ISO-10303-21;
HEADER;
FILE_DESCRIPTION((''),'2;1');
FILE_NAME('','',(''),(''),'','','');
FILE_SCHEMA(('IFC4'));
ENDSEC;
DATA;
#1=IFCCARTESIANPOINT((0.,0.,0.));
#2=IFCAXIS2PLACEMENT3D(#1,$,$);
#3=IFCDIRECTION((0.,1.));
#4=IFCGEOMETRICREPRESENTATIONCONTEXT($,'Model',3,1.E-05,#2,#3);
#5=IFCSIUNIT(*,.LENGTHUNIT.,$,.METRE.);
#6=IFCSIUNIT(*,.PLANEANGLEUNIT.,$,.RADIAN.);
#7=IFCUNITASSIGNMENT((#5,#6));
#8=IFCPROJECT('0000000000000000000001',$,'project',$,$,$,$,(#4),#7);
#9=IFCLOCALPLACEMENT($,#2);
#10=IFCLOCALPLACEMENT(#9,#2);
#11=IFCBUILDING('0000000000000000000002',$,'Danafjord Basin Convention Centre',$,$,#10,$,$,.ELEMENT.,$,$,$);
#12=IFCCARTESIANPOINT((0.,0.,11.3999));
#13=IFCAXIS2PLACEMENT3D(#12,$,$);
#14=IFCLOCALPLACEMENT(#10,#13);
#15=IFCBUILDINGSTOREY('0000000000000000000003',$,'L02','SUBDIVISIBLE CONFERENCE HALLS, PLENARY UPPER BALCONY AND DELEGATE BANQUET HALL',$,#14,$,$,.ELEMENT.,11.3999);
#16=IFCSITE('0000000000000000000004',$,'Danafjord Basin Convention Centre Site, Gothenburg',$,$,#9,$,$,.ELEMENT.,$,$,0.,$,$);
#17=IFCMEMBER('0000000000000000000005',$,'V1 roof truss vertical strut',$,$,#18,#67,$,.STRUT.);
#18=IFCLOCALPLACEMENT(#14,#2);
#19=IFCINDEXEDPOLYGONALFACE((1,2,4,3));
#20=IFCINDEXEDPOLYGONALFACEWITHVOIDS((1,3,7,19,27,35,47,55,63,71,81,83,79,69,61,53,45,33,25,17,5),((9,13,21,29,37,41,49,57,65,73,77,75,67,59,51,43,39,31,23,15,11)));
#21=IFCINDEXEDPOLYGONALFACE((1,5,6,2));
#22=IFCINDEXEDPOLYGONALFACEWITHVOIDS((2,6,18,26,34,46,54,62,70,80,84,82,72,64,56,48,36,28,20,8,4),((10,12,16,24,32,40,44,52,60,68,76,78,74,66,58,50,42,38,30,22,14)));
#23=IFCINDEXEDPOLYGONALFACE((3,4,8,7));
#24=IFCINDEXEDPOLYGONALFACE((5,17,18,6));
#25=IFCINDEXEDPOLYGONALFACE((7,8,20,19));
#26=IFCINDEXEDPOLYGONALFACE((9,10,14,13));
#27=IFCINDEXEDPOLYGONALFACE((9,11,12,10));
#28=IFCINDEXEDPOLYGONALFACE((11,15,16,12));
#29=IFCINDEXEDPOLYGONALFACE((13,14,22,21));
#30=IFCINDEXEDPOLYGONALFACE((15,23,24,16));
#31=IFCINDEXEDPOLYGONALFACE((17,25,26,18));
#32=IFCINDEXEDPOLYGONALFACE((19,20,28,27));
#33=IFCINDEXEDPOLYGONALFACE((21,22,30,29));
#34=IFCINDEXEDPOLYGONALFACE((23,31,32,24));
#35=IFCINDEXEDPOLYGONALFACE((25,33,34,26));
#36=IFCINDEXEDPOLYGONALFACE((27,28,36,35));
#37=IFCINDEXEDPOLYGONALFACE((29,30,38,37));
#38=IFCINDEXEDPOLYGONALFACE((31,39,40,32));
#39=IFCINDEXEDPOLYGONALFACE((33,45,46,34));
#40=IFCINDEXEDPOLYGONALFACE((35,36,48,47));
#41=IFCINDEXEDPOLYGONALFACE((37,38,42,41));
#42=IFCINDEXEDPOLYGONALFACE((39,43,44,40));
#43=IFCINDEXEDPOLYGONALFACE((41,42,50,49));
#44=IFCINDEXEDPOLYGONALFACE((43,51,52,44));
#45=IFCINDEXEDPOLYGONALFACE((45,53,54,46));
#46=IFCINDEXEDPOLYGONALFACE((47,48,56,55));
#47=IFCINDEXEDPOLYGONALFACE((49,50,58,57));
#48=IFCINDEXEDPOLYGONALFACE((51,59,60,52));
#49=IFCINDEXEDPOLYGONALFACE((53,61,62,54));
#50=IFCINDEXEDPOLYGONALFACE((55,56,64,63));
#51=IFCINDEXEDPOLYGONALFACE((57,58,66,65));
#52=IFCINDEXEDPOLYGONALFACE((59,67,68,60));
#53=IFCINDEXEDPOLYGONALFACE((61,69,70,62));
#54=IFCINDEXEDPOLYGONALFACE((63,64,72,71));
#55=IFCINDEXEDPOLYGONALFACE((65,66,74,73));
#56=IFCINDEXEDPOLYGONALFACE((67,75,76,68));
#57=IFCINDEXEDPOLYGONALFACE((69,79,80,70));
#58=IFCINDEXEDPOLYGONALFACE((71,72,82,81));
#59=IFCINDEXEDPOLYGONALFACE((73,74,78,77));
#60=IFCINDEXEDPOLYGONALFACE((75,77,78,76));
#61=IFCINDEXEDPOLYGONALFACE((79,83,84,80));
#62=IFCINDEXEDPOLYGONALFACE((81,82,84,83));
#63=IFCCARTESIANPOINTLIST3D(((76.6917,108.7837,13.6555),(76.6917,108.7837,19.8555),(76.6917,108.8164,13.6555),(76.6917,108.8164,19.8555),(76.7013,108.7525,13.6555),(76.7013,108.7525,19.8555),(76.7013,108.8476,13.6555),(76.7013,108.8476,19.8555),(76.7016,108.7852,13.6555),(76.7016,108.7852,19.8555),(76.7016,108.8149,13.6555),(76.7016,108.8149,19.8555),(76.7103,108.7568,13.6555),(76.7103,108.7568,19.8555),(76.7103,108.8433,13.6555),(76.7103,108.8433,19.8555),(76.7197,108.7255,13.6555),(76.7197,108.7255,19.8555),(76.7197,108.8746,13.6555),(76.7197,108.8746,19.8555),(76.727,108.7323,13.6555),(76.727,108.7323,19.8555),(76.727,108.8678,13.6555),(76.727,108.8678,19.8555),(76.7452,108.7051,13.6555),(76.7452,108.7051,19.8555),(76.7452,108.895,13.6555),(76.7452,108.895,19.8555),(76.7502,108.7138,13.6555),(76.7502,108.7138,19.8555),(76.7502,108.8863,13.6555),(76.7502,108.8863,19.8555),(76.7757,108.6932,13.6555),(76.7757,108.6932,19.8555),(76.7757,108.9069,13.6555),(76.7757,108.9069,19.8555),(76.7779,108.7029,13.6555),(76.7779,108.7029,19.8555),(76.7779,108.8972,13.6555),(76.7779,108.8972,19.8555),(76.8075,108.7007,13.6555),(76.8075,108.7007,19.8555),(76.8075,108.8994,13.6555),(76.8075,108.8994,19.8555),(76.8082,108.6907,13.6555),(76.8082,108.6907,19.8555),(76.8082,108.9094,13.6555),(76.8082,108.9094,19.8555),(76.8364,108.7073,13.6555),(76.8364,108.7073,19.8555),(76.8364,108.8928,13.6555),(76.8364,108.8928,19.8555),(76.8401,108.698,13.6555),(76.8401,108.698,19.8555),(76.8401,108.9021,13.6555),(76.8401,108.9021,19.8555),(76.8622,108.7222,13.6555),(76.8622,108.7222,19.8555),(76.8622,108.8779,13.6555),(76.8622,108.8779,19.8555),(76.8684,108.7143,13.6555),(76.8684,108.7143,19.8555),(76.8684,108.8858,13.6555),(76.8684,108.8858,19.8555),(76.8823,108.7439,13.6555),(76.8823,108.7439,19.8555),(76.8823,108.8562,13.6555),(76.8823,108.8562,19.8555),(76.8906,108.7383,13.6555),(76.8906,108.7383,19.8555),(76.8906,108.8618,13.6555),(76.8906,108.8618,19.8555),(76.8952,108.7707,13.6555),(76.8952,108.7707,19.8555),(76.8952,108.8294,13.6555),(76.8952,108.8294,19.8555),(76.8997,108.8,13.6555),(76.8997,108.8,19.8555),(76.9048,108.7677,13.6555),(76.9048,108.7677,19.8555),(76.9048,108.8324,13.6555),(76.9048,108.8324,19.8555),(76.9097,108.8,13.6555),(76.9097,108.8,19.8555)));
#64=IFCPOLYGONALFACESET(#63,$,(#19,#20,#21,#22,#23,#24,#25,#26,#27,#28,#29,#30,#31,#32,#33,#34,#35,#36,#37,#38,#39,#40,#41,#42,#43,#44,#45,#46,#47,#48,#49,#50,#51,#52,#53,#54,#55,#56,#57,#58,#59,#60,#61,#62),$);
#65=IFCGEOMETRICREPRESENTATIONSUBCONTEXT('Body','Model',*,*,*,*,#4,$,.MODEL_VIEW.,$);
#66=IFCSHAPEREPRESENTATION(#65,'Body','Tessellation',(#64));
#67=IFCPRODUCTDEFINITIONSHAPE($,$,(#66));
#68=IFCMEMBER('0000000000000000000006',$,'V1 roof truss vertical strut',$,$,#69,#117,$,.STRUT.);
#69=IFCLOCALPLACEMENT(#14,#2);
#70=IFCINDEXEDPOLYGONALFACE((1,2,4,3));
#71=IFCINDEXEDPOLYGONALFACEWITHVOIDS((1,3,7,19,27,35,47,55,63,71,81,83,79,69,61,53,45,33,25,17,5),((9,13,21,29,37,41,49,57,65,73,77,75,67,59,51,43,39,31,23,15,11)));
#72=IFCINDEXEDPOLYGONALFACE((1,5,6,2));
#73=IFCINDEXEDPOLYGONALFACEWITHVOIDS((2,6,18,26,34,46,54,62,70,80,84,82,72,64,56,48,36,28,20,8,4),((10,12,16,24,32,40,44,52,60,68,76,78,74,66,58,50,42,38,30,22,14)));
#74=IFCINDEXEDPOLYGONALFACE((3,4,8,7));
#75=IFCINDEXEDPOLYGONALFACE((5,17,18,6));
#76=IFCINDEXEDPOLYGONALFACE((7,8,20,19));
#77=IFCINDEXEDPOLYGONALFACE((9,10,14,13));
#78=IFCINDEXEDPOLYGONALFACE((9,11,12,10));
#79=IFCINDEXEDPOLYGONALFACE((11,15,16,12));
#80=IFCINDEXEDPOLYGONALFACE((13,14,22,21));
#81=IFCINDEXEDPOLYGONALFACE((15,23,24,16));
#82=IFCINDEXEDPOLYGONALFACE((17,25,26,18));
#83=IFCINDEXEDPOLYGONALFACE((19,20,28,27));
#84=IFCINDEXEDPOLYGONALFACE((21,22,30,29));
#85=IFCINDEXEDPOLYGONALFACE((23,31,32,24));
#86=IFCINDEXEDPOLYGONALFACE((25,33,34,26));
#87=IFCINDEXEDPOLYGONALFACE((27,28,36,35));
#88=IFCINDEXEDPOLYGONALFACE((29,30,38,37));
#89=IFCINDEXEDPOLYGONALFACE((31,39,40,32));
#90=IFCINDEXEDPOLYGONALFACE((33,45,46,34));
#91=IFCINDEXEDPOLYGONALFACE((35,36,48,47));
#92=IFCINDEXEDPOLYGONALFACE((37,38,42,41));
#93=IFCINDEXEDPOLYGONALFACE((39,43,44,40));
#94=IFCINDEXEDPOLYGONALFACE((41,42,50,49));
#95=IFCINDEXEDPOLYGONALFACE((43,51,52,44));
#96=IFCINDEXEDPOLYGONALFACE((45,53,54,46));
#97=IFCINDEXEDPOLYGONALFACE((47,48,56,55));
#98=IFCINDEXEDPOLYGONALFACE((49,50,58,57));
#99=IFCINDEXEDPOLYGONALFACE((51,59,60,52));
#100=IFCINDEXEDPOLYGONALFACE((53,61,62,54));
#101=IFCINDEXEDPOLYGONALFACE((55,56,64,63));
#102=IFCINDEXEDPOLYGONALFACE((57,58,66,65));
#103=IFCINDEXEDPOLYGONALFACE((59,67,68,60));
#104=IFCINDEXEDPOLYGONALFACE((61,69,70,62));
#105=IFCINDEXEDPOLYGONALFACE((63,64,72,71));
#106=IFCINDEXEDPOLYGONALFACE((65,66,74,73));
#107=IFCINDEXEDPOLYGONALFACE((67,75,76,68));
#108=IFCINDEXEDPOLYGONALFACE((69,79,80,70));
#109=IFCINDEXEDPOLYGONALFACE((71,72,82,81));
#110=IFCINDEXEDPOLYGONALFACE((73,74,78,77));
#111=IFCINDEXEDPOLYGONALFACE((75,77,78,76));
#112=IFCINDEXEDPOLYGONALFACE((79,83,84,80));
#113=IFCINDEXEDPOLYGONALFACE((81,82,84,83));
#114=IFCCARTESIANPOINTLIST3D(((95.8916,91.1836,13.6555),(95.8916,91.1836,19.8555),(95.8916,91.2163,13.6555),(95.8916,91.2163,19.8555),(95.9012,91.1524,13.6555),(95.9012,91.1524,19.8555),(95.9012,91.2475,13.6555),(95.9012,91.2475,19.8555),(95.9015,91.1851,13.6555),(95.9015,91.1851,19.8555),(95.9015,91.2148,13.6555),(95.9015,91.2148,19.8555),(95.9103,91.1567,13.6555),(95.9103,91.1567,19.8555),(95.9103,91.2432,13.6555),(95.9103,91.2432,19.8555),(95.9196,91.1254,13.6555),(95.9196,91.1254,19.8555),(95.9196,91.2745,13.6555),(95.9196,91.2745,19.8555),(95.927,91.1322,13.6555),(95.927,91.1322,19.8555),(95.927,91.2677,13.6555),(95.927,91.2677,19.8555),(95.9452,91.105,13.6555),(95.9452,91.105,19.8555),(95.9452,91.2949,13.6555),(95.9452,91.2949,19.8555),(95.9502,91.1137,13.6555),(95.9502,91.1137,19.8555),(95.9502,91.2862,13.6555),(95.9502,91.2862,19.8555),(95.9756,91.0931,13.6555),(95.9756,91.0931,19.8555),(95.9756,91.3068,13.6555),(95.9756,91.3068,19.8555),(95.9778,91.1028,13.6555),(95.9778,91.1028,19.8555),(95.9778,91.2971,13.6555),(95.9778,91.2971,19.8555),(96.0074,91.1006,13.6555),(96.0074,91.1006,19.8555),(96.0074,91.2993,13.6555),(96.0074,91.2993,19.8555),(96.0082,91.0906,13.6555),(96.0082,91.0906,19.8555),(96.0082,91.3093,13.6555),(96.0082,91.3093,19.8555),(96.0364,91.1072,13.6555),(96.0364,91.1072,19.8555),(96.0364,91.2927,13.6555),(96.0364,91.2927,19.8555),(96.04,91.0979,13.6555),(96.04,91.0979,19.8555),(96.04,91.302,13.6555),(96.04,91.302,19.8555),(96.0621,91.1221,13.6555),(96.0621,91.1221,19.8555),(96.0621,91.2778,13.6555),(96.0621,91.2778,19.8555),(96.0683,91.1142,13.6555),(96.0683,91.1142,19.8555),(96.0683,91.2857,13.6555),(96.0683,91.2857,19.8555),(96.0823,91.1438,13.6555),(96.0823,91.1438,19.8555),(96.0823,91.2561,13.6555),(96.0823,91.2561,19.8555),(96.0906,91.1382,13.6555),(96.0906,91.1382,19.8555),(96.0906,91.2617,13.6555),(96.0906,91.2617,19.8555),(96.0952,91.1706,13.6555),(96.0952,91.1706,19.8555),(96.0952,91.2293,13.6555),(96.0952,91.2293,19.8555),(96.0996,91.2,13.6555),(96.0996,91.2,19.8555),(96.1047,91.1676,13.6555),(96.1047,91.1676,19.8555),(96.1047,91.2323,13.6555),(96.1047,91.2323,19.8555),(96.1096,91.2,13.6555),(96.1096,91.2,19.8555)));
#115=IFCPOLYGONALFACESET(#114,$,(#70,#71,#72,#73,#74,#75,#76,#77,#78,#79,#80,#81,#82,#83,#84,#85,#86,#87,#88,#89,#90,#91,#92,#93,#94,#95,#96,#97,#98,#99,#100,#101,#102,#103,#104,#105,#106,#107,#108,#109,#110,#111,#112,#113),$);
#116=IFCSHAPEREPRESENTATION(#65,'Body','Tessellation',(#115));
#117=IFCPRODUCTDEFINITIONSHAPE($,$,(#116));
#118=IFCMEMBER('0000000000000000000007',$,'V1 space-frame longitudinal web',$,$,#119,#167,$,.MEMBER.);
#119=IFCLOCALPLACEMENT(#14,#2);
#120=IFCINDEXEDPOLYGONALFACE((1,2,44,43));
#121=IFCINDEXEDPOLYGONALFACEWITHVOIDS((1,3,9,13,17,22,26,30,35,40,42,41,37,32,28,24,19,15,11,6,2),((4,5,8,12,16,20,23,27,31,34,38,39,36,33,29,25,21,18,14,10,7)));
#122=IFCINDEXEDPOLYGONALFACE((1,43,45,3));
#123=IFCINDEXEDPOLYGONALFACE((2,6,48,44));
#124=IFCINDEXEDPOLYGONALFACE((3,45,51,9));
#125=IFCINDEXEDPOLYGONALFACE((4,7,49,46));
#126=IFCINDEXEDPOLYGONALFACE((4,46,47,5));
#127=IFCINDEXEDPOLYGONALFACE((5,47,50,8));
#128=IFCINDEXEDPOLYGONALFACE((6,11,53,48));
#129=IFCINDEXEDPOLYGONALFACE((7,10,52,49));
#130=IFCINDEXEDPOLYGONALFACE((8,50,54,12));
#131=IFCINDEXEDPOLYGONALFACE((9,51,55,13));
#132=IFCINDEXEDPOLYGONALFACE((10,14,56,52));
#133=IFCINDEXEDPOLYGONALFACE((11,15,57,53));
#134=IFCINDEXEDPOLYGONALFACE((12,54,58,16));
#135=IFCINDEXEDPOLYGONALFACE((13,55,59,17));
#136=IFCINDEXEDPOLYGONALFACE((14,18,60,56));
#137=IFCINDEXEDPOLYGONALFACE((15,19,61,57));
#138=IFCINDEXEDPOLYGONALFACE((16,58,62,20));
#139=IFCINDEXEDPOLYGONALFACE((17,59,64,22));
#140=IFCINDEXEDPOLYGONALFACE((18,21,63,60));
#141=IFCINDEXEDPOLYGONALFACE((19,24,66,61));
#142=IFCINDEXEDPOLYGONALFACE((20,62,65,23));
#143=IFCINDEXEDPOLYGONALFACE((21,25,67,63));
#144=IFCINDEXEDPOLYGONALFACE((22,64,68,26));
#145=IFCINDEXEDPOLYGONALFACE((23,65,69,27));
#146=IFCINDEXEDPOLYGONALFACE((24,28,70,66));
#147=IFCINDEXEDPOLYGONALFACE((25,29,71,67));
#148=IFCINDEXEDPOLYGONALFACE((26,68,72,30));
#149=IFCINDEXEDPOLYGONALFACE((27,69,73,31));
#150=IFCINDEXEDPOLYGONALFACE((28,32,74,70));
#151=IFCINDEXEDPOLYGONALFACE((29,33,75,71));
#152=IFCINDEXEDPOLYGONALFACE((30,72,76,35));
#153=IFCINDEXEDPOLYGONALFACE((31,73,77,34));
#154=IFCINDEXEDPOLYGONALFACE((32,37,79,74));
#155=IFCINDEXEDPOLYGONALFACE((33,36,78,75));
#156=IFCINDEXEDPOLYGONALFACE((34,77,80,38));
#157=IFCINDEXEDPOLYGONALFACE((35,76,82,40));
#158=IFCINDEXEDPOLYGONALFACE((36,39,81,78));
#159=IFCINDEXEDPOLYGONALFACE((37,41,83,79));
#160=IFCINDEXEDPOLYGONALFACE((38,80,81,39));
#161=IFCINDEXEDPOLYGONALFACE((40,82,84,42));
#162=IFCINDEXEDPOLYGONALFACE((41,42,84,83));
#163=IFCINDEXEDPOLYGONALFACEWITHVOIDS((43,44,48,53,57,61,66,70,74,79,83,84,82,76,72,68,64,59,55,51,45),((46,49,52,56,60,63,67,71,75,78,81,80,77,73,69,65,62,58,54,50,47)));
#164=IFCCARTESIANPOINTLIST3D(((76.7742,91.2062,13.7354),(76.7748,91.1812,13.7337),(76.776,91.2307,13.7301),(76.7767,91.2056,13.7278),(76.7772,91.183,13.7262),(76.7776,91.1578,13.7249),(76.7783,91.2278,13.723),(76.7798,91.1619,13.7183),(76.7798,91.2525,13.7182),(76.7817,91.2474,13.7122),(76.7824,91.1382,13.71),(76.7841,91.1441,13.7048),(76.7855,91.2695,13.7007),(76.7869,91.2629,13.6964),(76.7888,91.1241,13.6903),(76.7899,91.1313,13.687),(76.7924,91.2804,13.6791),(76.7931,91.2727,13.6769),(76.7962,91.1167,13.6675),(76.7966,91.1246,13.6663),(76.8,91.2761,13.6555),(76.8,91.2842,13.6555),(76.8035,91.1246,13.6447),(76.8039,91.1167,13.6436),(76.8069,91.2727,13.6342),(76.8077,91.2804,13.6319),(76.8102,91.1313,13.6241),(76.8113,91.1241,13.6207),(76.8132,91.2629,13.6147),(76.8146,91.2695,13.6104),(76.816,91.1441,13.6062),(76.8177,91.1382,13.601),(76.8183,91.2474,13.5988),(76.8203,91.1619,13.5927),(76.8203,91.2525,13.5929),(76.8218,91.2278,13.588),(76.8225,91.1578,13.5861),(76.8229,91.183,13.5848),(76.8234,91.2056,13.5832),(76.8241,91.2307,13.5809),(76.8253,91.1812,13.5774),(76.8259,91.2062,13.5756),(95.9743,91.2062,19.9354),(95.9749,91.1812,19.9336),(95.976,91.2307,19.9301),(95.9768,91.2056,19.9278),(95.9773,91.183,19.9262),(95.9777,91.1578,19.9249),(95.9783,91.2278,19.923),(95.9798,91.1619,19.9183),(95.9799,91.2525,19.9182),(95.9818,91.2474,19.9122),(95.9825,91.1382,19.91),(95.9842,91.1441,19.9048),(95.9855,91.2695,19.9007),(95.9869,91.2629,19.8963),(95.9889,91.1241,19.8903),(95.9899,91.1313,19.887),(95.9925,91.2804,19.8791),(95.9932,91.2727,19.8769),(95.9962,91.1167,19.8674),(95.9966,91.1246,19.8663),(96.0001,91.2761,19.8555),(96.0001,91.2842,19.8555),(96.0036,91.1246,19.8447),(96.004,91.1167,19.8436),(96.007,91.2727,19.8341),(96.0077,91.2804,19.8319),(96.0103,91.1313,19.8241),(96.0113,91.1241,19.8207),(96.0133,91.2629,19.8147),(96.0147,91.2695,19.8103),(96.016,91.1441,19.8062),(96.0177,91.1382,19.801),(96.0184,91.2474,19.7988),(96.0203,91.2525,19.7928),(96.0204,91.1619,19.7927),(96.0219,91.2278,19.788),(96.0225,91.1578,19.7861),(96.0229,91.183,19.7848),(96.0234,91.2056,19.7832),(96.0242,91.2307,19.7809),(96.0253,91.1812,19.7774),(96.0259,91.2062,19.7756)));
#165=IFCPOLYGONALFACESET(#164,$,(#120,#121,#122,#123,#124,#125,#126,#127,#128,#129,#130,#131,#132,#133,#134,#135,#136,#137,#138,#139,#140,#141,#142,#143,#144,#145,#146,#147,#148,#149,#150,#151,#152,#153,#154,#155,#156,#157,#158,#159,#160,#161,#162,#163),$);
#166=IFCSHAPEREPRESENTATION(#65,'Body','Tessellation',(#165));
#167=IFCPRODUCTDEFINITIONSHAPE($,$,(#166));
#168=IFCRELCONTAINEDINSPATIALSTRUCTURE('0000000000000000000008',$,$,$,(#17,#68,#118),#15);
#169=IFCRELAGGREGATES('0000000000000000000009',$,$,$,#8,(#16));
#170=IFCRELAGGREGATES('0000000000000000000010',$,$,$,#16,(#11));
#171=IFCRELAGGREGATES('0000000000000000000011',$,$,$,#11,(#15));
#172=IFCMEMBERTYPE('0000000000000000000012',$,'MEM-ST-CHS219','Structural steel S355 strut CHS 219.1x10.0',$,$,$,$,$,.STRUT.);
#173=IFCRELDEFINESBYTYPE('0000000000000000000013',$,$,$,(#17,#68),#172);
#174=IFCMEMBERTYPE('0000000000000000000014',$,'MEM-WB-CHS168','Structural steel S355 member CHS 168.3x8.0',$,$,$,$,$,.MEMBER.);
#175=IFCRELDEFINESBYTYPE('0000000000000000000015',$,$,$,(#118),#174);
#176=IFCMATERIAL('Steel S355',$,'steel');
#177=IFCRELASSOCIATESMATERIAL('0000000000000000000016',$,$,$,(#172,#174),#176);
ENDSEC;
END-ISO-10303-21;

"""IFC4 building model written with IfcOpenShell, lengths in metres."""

from ifc_helpers import new_model, si_unit, direction, frame, origin, origin_2d, place, context, subcontext, project, spatial, hollow_circle, extrude, material, material_profile, profile_set, type_object, element, save


model = new_model("IFC4")

# Units and contexts
model_context = context("Model", 3, precision=1e-05, world=origin(), true_north=direction((0.0, 1.0)))
body_context = subcontext(model_context, "Body", "Model", "MODEL_VIEW")
ifc_project = project(units=[si_unit("LENGTHUNIT", "METRE"), si_unit("PLANEANGLEUNIT", "RADIAN")], contexts=[model_context])

# Site, building, storey
site_placement = place(None, origin())
site = spatial("IfcSite", under=ifc_project, at=site_placement, Name="Danafjord Basin Convention Centre Site, Gothenburg", CompositionType="ELEMENT", RefElevation=0.0)
building_placement = place(site_placement, origin())
building = spatial("IfcBuilding", under=site, at=building_placement, Name="Danafjord Basin Convention Centre", CompositionType="ELEMENT")
storey_placement = place(building_placement, frame((0.0, 0.0, 11.3999)))
storey = spatial("IfcBuildingStorey", under=building, at=storey_placement, Name="L02", Description="SUBDIVISIBLE CONFERENCE HALLS, PLENARY UPPER BALCONY AND DELEGATE BANQUET HALL", CompositionType="ELEMENT", Elevation=11.3999)

# Members
ifc_material = material(Name="Steel S355", Category="steel")
ifc_material_profile_1 = material_profile(ifc_material, hollow_circle(Radius=0.1096, WallThickness=0.01, at=origin_2d()), Name="CHS 219.1x10.0")
ifc_profile_set_1 = profile_set([ifc_material_profile_1], Name="Steel S355")
member_type_1 = type_object("IfcMemberType", Name="MEM-ST-CHS219", Description="Structural steel S355 strut CHS 219.1x10.0", PredefinedType="STRUT", material=ifc_profile_set_1)
for number, where, z_axis, x_axis, name in (
    (1, (76.8, 108.8, 13.6555), (0.0, 0.0, 1.0), (1.0, 0.0, 0.0), "V1 roof truss vertical strut"),
    (2, (96.0, 91.2, 13.6555), (0.0, 0.0, 1.0), (1.0, 0.0, 0.0), "V1 roof truss vertical strut"),
):
    element("IfcMember", number, at=place(storey_placement, frame(where, z_axis=z_axis, x_axis=x_axis)), inside=storey, type_object=member_type_1, Name=name, PredefinedType="STRUT", context=body_context, shape_type="SweptSolid", body=[
        extrude(hollow_circle(Radius=0.1096, WallThickness=0.01, at=origin_2d()), origin(), (0.0, 0.0, 1.0), 6.2),
    ])
ifc_material_profile_2 = material_profile(ifc_material, hollow_circle(Radius=0.0842, WallThickness=0.0081, at=origin_2d()), Name="CHS 168.3x8.0")
ifc_profile_set_2 = profile_set([ifc_material_profile_2], Name="Steel S355")
member_type_2 = type_object("IfcMemberType", Name="MEM-WB-CHS168", Description="Structural steel S355 member CHS 168.3x8.0", PredefinedType="MEMBER", material=ifc_profile_set_2)
member_1_placement = place(storey_placement, frame((76.8, 91.2, 13.6555), z_axis=(0.951616, 0.0, 0.307291), x_axis=(0.0, 1.0, 0.0)))
element("IfcMember", 3, at=member_1_placement, inside=storey, type_object=member_type_2, Name="V1 space-frame longitudinal web", PredefinedType="MEMBER", context=body_context, shape_type="SweptSolid", body=[
    extrude(hollow_circle(Radius=0.0842, WallThickness=0.0081, at=origin_2d()), origin(), (0.0, 0.0, 1.0), 20.1763),
])

save(model, "model.ifc")
